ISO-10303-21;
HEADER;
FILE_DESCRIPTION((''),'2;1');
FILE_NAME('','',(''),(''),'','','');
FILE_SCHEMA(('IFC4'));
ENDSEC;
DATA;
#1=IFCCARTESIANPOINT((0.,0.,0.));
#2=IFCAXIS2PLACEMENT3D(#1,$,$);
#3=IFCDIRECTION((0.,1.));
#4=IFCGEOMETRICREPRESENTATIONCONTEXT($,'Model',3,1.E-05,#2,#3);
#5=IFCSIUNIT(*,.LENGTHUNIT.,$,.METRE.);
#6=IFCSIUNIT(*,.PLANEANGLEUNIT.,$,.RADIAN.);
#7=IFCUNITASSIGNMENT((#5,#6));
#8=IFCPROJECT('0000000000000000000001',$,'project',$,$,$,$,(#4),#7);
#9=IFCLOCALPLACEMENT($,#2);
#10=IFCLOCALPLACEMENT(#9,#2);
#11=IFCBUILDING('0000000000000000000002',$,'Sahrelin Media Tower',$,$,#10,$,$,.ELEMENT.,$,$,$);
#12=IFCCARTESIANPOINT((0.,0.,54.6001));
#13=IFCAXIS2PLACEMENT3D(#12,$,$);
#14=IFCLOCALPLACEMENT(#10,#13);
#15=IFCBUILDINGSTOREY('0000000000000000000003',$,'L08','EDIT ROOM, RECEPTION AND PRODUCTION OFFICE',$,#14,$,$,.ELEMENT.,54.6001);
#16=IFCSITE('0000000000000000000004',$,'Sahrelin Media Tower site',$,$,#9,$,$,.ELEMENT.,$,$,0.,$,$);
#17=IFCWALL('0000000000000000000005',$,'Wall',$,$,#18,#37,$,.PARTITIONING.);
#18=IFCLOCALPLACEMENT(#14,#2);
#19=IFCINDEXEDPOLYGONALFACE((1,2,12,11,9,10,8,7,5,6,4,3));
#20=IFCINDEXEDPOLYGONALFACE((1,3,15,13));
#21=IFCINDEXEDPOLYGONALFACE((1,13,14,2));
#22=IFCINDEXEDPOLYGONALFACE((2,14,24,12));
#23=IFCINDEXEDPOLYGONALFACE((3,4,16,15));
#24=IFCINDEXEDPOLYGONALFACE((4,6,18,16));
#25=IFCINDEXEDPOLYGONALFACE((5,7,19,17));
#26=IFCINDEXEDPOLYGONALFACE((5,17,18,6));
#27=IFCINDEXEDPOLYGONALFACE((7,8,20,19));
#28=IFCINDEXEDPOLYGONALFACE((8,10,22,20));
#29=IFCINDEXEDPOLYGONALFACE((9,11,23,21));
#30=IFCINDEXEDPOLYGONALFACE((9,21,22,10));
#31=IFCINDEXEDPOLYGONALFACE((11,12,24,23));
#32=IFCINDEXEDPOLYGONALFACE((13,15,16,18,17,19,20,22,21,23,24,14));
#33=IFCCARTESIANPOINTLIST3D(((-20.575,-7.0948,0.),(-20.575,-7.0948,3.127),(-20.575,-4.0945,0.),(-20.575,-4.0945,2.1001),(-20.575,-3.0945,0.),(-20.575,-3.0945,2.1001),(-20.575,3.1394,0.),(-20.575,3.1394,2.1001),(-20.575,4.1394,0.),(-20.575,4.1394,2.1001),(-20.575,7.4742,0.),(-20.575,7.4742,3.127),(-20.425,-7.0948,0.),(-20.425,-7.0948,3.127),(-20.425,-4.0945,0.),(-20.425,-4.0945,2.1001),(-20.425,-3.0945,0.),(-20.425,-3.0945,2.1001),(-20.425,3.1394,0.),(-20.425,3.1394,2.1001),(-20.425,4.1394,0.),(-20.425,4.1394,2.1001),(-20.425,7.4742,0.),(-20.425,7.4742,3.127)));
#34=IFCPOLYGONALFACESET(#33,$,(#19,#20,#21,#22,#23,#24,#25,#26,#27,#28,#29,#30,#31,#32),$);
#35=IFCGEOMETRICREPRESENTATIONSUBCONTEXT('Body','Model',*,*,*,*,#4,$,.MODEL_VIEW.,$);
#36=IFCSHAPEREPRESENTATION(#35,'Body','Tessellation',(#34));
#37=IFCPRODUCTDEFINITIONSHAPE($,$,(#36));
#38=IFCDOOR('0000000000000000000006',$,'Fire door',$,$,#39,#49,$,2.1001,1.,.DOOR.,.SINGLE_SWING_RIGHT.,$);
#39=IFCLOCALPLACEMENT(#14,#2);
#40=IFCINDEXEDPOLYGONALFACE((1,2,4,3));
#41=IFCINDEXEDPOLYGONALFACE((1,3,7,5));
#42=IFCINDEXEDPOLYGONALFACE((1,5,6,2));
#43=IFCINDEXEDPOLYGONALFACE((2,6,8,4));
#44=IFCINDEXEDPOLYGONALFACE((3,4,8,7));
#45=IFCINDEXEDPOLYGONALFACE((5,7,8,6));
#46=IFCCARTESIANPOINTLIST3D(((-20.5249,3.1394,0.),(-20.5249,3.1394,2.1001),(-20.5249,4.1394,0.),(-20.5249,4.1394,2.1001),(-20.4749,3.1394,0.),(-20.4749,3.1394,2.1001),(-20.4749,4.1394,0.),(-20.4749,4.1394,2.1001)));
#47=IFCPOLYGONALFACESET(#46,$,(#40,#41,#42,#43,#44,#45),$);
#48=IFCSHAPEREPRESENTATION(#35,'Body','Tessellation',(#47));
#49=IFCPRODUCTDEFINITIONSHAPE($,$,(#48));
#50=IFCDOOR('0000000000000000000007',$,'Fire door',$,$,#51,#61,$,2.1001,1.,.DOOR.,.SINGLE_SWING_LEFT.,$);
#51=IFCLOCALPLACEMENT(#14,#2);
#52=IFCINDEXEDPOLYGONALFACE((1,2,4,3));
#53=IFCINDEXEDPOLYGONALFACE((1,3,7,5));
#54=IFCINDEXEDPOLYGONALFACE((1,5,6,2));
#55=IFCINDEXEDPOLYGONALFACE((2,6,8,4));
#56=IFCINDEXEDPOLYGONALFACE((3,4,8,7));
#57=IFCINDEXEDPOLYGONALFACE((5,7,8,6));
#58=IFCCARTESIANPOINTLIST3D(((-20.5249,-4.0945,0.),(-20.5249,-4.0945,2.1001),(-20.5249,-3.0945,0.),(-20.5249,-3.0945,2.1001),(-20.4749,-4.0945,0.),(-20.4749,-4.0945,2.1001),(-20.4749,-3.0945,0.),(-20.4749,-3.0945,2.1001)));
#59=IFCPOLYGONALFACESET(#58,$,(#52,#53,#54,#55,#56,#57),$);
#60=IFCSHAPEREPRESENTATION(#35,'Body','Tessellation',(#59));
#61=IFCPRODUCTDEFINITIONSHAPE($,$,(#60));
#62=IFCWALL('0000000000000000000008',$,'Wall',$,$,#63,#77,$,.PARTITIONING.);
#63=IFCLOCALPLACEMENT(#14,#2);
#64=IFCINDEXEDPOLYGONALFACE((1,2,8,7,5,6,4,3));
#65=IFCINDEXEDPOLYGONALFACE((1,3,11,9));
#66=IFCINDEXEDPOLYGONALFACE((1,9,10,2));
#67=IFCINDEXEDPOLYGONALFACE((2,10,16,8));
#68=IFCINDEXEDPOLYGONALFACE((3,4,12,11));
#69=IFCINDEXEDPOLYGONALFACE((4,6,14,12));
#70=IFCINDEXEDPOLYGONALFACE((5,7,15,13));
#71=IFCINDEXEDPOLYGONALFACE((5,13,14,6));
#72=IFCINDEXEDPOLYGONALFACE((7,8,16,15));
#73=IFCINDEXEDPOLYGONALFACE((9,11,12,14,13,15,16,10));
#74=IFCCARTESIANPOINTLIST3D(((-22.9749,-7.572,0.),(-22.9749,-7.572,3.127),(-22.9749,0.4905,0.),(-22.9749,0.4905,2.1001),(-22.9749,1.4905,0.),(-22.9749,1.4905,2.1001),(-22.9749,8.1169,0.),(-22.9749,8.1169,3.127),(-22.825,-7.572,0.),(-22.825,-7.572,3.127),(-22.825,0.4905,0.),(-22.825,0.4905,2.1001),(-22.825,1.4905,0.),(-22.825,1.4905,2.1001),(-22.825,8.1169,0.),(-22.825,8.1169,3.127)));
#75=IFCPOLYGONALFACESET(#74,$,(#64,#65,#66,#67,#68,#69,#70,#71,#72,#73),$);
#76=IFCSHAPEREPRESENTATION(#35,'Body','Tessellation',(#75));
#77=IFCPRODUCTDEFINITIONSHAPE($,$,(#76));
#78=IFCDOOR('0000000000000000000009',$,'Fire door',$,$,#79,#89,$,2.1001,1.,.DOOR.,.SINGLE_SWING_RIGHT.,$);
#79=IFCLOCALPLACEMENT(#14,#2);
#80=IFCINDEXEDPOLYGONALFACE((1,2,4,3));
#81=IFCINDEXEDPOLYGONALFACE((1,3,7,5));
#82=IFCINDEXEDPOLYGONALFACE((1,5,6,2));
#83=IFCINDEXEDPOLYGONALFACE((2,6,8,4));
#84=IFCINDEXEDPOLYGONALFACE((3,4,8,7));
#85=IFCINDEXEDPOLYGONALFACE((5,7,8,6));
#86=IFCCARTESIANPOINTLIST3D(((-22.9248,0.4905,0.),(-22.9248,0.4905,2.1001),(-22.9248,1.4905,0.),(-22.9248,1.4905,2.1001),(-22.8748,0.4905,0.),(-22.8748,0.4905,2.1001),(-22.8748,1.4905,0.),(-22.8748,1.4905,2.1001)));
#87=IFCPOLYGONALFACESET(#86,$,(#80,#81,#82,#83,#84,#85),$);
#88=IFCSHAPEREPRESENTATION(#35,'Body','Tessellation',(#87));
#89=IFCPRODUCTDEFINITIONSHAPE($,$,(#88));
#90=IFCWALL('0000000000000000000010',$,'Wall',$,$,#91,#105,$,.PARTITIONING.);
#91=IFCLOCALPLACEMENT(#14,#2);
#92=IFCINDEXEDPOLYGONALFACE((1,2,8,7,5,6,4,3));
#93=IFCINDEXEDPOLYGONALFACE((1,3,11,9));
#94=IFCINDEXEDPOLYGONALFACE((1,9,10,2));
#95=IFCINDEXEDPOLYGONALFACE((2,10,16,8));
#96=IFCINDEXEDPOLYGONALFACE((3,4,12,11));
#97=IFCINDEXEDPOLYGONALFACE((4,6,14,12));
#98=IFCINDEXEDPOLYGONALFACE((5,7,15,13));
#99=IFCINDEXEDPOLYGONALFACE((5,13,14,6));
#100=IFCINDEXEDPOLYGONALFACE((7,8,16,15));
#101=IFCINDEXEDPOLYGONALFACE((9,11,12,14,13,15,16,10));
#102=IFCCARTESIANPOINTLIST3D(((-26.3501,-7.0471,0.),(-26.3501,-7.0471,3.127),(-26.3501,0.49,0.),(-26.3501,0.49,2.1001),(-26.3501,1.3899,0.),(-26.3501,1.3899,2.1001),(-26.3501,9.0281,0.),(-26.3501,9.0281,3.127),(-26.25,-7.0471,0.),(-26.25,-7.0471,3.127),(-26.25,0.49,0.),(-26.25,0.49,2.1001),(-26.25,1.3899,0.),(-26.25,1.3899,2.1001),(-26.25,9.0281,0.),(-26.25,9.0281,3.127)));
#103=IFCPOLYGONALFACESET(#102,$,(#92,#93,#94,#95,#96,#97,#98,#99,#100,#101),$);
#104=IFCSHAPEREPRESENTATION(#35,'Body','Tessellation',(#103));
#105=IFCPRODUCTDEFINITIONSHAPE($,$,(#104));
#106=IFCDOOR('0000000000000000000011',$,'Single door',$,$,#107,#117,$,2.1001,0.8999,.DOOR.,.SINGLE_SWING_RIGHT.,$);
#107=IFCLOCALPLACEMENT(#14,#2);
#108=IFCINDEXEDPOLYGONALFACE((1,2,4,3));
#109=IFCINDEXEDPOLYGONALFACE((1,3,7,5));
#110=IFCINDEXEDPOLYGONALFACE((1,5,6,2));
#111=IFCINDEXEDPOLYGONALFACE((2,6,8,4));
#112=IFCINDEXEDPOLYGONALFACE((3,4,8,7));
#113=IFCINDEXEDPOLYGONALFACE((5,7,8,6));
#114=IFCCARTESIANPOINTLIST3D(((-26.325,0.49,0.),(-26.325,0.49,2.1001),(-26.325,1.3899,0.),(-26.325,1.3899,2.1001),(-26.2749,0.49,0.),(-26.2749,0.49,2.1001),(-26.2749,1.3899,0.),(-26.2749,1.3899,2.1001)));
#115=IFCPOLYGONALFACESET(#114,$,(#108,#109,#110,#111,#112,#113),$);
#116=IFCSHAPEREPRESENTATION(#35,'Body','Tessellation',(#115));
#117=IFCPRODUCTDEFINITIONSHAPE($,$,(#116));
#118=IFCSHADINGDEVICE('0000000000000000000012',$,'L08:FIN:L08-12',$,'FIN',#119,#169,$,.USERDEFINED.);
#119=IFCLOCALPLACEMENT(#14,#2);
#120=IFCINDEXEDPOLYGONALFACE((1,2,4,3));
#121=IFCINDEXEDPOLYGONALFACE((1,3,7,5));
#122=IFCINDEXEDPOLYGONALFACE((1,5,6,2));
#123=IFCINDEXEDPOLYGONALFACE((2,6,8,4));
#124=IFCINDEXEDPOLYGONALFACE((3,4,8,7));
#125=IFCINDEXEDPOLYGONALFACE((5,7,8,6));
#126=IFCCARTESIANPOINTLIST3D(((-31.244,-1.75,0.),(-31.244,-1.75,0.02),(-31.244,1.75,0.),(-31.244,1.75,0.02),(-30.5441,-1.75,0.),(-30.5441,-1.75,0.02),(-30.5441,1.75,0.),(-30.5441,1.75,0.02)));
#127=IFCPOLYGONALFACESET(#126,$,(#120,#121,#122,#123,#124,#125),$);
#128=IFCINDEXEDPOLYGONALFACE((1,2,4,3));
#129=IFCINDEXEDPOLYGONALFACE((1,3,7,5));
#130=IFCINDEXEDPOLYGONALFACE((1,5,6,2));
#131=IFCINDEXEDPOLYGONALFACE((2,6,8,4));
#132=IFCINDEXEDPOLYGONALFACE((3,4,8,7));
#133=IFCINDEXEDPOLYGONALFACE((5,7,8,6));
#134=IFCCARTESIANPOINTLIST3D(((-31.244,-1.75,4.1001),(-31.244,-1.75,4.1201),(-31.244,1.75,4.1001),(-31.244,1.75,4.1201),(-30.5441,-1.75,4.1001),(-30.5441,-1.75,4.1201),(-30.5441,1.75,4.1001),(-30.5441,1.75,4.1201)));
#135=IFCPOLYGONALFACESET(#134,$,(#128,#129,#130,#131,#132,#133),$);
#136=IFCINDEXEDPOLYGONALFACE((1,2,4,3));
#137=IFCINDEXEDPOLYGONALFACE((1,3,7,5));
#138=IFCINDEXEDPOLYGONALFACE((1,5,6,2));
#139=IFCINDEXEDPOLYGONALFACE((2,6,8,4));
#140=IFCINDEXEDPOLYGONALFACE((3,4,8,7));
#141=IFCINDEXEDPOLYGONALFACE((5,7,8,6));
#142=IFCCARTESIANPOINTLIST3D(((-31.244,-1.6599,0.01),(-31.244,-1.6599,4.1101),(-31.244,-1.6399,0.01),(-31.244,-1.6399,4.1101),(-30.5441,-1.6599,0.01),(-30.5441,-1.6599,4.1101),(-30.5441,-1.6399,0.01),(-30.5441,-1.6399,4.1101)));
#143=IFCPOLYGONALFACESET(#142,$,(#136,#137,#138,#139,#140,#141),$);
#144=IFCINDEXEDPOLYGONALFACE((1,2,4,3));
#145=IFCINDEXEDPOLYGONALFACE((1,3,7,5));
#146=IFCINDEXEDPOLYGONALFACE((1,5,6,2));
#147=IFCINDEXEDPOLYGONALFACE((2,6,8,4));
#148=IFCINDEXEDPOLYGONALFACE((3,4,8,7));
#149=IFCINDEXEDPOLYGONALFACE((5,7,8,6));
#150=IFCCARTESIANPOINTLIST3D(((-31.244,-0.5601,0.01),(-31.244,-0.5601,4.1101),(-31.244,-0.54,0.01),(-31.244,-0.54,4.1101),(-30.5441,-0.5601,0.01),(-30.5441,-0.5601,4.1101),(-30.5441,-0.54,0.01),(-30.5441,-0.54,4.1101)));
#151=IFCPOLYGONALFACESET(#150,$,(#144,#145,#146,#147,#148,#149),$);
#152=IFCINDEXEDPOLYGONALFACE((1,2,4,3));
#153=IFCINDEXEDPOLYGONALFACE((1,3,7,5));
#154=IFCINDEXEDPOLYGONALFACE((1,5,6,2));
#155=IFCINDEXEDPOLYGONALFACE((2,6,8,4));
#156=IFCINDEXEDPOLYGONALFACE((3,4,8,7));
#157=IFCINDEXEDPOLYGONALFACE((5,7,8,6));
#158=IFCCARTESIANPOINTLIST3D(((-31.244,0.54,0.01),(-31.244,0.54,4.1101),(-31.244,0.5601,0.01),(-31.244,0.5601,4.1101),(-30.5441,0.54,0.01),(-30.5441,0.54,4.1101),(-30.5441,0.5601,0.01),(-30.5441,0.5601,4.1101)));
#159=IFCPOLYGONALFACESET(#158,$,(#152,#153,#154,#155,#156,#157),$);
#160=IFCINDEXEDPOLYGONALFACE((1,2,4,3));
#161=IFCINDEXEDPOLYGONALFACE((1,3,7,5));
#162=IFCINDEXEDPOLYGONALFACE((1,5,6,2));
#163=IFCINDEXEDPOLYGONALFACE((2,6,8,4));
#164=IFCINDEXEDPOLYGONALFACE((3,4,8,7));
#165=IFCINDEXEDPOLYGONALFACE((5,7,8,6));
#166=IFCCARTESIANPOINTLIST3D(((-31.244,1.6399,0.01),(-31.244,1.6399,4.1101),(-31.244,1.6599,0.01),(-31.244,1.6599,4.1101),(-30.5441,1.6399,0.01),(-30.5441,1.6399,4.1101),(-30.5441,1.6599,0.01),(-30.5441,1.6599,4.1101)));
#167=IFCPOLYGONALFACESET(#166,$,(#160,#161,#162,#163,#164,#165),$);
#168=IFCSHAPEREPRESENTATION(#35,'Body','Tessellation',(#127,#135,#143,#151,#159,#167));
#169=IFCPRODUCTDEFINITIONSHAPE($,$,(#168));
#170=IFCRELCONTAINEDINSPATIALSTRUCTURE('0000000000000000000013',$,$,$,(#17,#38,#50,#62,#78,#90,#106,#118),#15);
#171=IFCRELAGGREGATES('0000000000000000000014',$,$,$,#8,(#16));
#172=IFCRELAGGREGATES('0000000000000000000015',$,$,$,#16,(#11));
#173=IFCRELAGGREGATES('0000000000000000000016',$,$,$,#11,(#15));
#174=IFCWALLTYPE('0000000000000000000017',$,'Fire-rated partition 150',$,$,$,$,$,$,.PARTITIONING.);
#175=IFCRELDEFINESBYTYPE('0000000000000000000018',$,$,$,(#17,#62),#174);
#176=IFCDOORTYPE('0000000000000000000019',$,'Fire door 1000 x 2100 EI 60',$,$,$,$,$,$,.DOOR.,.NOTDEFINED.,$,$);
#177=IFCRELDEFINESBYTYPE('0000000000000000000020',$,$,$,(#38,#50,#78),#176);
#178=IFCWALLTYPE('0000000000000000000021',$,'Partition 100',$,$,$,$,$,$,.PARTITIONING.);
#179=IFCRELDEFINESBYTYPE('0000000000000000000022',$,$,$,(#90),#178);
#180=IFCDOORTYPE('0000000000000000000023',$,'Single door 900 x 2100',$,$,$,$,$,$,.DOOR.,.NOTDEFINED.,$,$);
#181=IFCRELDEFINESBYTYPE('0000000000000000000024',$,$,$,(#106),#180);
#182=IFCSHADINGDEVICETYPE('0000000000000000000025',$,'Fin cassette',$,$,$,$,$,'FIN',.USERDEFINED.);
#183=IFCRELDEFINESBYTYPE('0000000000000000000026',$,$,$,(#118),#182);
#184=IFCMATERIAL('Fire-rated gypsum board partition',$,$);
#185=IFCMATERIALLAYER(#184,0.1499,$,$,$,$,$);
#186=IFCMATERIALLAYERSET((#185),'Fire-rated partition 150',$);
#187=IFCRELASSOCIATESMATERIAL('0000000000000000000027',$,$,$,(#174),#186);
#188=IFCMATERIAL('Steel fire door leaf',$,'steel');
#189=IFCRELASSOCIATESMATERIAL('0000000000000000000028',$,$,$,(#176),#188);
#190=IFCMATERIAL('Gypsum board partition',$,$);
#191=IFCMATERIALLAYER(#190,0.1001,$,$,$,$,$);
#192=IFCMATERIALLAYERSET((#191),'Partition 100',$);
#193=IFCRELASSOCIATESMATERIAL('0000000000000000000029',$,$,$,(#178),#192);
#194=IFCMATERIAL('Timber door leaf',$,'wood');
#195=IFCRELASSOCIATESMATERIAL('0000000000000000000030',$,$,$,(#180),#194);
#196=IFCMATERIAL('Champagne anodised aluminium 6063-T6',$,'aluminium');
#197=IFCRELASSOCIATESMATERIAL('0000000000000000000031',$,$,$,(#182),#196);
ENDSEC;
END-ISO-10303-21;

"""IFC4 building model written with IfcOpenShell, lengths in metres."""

from ifc_helpers import new_model, si_unit, direction, frame, frame_2d, origin, origin_2d, place, context, subcontext, project, spatial, rectangle, extrude, material, layer, layer_set, type_object, element, fill, save


model = new_model("IFC4")

# Units and contexts
model_context = context("Model", 3, precision=1e-05, world=origin(), true_north=direction((0.0, 1.0)))
body_context = subcontext(model_context, "Body", "Model", "MODEL_VIEW")
ifc_project = project(units=[si_unit("LENGTHUNIT", "METRE"), si_unit("PLANEANGLEUNIT", "RADIAN")], contexts=[model_context])

# Site, building, storey
site_placement = place(None, origin())
site = spatial("IfcSite", under=ifc_project, at=site_placement, Name="Sahrelin Media Tower site", CompositionType="ELEMENT", RefElevation=0.0)
building_placement = place(site_placement, origin())
building = spatial("IfcBuilding", under=site, at=building_placement, Name="Sahrelin Media Tower", CompositionType="ELEMENT")
storey_placement = place(building_placement, frame((0.0, 0.0, 54.6001)))
storey = spatial("IfcBuildingStorey", under=building, at=storey_placement, Name="L08", Description="EDIT ROOM, RECEPTION AND PRODUCTION OFFICE", CompositionType="ELEMENT", Elevation=54.6001)

# Shared definitions
ifc_material_1 = material(Name="Champagne anodised aluminium 6063-T6", Category="aluminium")

# Shared definitions
ifc_material_2 = material(Name="Fire-rated gypsum board partition")
ifc_layer_1 = layer(ifc_material_2, 0.1499)
ifc_layer_set_1 = layer_set([ifc_layer_1], Name="Fire-rated partition 150")
wall_type_1 = type_object("IfcWallType", Name="Fire-rated partition 150", PredefinedType="PARTITIONING", material=ifc_layer_set_1)
ifc_material_3 = material(Name="Steel fire door leaf", Category="steel")
door_type_1 = type_object("IfcDoorType", Name="Fire door 1000 x 2100 EI 60", OperationType="NOTDEFINED", PredefinedType="DOOR", material=ifc_material_3)

# Wall, openings, doors
wall_1_placement = place(storey_placement, frame((-20.5, -7.095, 0.0), z_axis=(0.0, 0.0, 1.0), x_axis=(0.0, 1.0, 0.0)))
wall_1 = element("IfcWall", 1, at=wall_1_placement, inside=storey, type_object=wall_type_1, Name="Wall", PredefinedType="PARTITIONING", context=body_context, shape_type="SweptSolid", body=[
    extrude(rectangle(XDim=14.5691, YDim=0.1499, at=frame_2d((7.2847, 0.0))), origin(), (0.0, 0.0, 1.0), 3.127),
])
opening_1_placement = place(wall_1_placement, frame((10.2344, 0.0, 0.0)))
opening_1 = element("IfcOpeningElement", 2, at=opening_1_placement, cuts=wall_1, PredefinedType="OPENING", context=body_context, shape_type="SweptSolid", body=[
    extrude(rectangle(XDim=1.0, YDim=2.1001, at=frame_2d((0.5, 1.05))), frame((0.0, 0.075, 0.0), z_axis=(0.0, -1.0, 0.0), x_axis=(1.0, 0.0, 0.0)), (0.0, 0.0, 1.0), 0.1499),
])
opening_2_placement = place(wall_1_placement, frame((3.0005, 0.0, 0.0)))
opening_2 = element("IfcOpeningElement", 3, at=opening_2_placement, cuts=wall_1, PredefinedType="OPENING", context=body_context, shape_type="SweptSolid", body=[
    extrude(rectangle(XDim=1.0, YDim=2.1001, at=frame_2d((0.5, 1.05))), frame((0.0, 0.075, 0.0), z_axis=(0.0, -1.0, 0.0), x_axis=(1.0, 0.0, 0.0)), (0.0, 0.0, 1.0), 0.1499),
])
door_1_placement = place(opening_1_placement, origin())
door_1 = element("IfcDoor", 4, at=door_1_placement, inside=storey, type_object=door_type_1, Name="Fire door", OperationType="SINGLE_SWING_RIGHT", OverallHeight=2.1001, OverallWidth=1.0, PredefinedType="DOOR", context=body_context, shape_type="SweptSolid", body=[
    extrude(rectangle(XDim=1.0, YDim=2.1001, at=frame_2d((0.5, 1.05))), frame((0.0, 0.0249, 0.0), z_axis=(0.0, -1.0, 0.0), x_axis=(1.0, 0.0, 0.0)), (0.0, 0.0, 1.0), 0.05),
])
fill(opening_1, door_1)
door_2_placement = place(opening_2_placement, origin())
door_2 = element("IfcDoor", 5, at=door_2_placement, inside=storey, type_object=door_type_1, Name="Fire door", OperationType="SINGLE_SWING_LEFT", OverallHeight=2.1001, OverallWidth=1.0, PredefinedType="DOOR", context=body_context, shape_type="SweptSolid", body=[
    extrude(rectangle(XDim=1.0, YDim=2.1001, at=frame_2d((0.5, 1.05))), frame((0.0, 0.0249, 0.0), z_axis=(0.0, -1.0, 0.0), x_axis=(1.0, 0.0, 0.0)), (0.0, 0.0, 1.0), 0.05),
])
fill(opening_2, door_2)

# Walls, openings, doors
wall_2_placement = place(storey_placement, frame((-22.8999, -7.572, 0.0), z_axis=(0.0, 0.0, 1.0), x_axis=(0.0, 1.0, 0.0)))
wall_2 = element("IfcWall", 6, at=wall_2_placement, inside=storey, type_object=wall_type_1, Name="Wall", PredefinedType="PARTITIONING", context=body_context, shape_type="SweptSolid", body=[
    extrude(rectangle(XDim=15.689, YDim=0.1499, at=frame_2d((7.8445, 0.0))), origin(), (0.0, 0.0, 1.0), 3.127),
])
opening_3_placement = place(wall_2_placement, frame((8.0625, 0.0, 0.0)))
opening_3 = element("IfcOpeningElement", 7, at=opening_3_placement, cuts=wall_2, PredefinedType="OPENING", context=body_context, shape_type="SweptSolid", body=[
    extrude(rectangle(XDim=1.0, YDim=2.1001, at=frame_2d((0.5, 1.05))), frame((0.0, 0.075, 0.0), z_axis=(0.0, -1.0, 0.0), x_axis=(1.0, 0.0, 0.0)), (0.0, 0.0, 1.0), 0.1499),
])
door_3_placement = place(opening_3_placement, origin())
door_3 = element("IfcDoor", 8, at=door_3_placement, inside=storey, type_object=door_type_1, Name="Fire door", OperationType="SINGLE_SWING_RIGHT", OverallHeight=2.1001, OverallWidth=1.0, PredefinedType="DOOR", context=body_context, shape_type="SweptSolid", body=[
    extrude(rectangle(XDim=1.0, YDim=2.1001, at=frame_2d((0.5, 1.05))), frame((0.0, 0.0249, 0.0), z_axis=(0.0, -1.0, 0.0), x_axis=(1.0, 0.0, 0.0)), (0.0, 0.0, 1.0), 0.05),
])
fill(opening_3, door_3)
ifc_material_4 = material(Name="Gypsum board partition")
ifc_layer_2 = layer(ifc_material_4, 0.1001)
ifc_layer_set_2 = layer_set([ifc_layer_2], Name="Partition 100")
wall_type_2 = type_object("IfcWallType", Name="Partition 100", PredefinedType="PARTITIONING", material=ifc_layer_set_2)
wall_3_placement = place(storey_placement, frame((-26.3, -7.0471, 0.0), z_axis=(0.0, 0.0, 1.0), x_axis=(0.0, 1.0, 0.0)))
wall_3 = element("IfcWall", 9, at=wall_3_placement, inside=storey, type_object=wall_type_2, Name="Wall", PredefinedType="PARTITIONING", context=body_context, shape_type="SweptSolid", body=[
    extrude(rectangle(XDim=16.0752, YDim=0.1001, at=frame_2d((8.0376, 0.0))), origin(), (0.0, 0.0, 1.0), 3.127),
])
opening_4_placement = place(wall_3_placement, frame((7.5371, 0.0, 0.0)))
opening_4 = element("IfcOpeningElement", 10, at=opening_4_placement, cuts=wall_3, PredefinedType="OPENING", context=body_context, shape_type="SweptSolid", body=[
    extrude(rectangle(XDim=0.8999, YDim=2.1001, at=frame_2d((0.45, 1.05))), frame((0.0, 0.05, 0.0), z_axis=(0.0, -1.0, 0.0), x_axis=(1.0, 0.0, 0.0)), (0.0, 0.0, 1.0), 0.1001),
])
ifc_material_5 = material(Name="Timber door leaf", Category="wood")
door_type_2 = type_object("IfcDoorType", Name="Single door 900 x 2100", OperationType="NOTDEFINED", PredefinedType="DOOR", material=ifc_material_5)
door_4_placement = place(opening_4_placement, origin())
door_4 = element("IfcDoor", 11, at=door_4_placement, inside=storey, type_object=door_type_2, Name="Single door", OperationType="SINGLE_SWING_RIGHT", OverallHeight=2.1001, OverallWidth=0.8999, PredefinedType="DOOR", context=body_context, shape_type="SweptSolid", body=[
    extrude(rectangle(XDim=0.8999, YDim=2.1001, at=frame_2d((0.45, 1.05))), frame((0.0, 0.0249, 0.0), z_axis=(0.0, -1.0, 0.0), x_axis=(1.0, 0.0, 0.0)), (0.0, 0.0, 1.0), 0.05),
])
fill(opening_4, door_4)

# Shading device
shading_device_type_1 = type_object("IfcShadingDeviceType", Name="Fin cassette", ElementType="FIN", PredefinedType="USERDEFINED", material=ifc_material_1)
placement_1 = place(storey_placement, frame((-30.4741, 0.0, 0.0), z_axis=(0.0, 0.0, 1.0), x_axis=(0.0, 1.0, 0.0)))
element("IfcShadingDevice", 12, at=placement_1, inside=storey, type_object=shading_device_type_1, Name="L08:FIN:L08-12", ObjectType="FIN", PredefinedType="USERDEFINED", context=body_context, shape_type="SweptSolid", body=[
    extrude(rectangle(XDim=3.5, YDim=0.7, at=origin_2d()), frame((0.0, 0.4199, 0.0)), (0.0, 0.0, 1.0), 0.02),
    extrude(rectangle(XDim=3.5, YDim=0.7, at=origin_2d()), frame((0.0, 0.4199, 4.1001)), (0.0, 0.0, 1.0), 0.02),
    extrude(rectangle(XDim=0.02, YDim=0.7, at=origin_2d()), frame((-1.6499, 0.4199, 0.01), z_axis=(0.0, 0.0, 1.0), x_axis=(1.0, 0.0, 0.0)), (0.0, 0.0, 1.0), 4.1001),
    extrude(rectangle(XDim=0.02, YDim=0.7, at=origin_2d()), frame((-0.55, 0.4199, 0.01), z_axis=(0.0, 0.0, 1.0), x_axis=(1.0, 0.0, 0.0)), (0.0, 0.0, 1.0), 4.1001),
    extrude(rectangle(XDim=0.02, YDim=0.7, at=origin_2d()), frame((0.55, 0.4199, 0.01), z_axis=(0.0, 0.0, 1.0), x_axis=(1.0, 0.0, 0.0)), (0.0, 0.0, 1.0), 4.1001),
    extrude(rectangle(XDim=0.02, YDim=0.7, at=origin_2d()), frame((1.6499, 0.4199, 0.01), z_axis=(0.0, 0.0, 1.0), x_axis=(1.0, 0.0, 0.0)), (0.0, 0.0, 1.0), 4.1001),
])

save(model, "model.ifc")
